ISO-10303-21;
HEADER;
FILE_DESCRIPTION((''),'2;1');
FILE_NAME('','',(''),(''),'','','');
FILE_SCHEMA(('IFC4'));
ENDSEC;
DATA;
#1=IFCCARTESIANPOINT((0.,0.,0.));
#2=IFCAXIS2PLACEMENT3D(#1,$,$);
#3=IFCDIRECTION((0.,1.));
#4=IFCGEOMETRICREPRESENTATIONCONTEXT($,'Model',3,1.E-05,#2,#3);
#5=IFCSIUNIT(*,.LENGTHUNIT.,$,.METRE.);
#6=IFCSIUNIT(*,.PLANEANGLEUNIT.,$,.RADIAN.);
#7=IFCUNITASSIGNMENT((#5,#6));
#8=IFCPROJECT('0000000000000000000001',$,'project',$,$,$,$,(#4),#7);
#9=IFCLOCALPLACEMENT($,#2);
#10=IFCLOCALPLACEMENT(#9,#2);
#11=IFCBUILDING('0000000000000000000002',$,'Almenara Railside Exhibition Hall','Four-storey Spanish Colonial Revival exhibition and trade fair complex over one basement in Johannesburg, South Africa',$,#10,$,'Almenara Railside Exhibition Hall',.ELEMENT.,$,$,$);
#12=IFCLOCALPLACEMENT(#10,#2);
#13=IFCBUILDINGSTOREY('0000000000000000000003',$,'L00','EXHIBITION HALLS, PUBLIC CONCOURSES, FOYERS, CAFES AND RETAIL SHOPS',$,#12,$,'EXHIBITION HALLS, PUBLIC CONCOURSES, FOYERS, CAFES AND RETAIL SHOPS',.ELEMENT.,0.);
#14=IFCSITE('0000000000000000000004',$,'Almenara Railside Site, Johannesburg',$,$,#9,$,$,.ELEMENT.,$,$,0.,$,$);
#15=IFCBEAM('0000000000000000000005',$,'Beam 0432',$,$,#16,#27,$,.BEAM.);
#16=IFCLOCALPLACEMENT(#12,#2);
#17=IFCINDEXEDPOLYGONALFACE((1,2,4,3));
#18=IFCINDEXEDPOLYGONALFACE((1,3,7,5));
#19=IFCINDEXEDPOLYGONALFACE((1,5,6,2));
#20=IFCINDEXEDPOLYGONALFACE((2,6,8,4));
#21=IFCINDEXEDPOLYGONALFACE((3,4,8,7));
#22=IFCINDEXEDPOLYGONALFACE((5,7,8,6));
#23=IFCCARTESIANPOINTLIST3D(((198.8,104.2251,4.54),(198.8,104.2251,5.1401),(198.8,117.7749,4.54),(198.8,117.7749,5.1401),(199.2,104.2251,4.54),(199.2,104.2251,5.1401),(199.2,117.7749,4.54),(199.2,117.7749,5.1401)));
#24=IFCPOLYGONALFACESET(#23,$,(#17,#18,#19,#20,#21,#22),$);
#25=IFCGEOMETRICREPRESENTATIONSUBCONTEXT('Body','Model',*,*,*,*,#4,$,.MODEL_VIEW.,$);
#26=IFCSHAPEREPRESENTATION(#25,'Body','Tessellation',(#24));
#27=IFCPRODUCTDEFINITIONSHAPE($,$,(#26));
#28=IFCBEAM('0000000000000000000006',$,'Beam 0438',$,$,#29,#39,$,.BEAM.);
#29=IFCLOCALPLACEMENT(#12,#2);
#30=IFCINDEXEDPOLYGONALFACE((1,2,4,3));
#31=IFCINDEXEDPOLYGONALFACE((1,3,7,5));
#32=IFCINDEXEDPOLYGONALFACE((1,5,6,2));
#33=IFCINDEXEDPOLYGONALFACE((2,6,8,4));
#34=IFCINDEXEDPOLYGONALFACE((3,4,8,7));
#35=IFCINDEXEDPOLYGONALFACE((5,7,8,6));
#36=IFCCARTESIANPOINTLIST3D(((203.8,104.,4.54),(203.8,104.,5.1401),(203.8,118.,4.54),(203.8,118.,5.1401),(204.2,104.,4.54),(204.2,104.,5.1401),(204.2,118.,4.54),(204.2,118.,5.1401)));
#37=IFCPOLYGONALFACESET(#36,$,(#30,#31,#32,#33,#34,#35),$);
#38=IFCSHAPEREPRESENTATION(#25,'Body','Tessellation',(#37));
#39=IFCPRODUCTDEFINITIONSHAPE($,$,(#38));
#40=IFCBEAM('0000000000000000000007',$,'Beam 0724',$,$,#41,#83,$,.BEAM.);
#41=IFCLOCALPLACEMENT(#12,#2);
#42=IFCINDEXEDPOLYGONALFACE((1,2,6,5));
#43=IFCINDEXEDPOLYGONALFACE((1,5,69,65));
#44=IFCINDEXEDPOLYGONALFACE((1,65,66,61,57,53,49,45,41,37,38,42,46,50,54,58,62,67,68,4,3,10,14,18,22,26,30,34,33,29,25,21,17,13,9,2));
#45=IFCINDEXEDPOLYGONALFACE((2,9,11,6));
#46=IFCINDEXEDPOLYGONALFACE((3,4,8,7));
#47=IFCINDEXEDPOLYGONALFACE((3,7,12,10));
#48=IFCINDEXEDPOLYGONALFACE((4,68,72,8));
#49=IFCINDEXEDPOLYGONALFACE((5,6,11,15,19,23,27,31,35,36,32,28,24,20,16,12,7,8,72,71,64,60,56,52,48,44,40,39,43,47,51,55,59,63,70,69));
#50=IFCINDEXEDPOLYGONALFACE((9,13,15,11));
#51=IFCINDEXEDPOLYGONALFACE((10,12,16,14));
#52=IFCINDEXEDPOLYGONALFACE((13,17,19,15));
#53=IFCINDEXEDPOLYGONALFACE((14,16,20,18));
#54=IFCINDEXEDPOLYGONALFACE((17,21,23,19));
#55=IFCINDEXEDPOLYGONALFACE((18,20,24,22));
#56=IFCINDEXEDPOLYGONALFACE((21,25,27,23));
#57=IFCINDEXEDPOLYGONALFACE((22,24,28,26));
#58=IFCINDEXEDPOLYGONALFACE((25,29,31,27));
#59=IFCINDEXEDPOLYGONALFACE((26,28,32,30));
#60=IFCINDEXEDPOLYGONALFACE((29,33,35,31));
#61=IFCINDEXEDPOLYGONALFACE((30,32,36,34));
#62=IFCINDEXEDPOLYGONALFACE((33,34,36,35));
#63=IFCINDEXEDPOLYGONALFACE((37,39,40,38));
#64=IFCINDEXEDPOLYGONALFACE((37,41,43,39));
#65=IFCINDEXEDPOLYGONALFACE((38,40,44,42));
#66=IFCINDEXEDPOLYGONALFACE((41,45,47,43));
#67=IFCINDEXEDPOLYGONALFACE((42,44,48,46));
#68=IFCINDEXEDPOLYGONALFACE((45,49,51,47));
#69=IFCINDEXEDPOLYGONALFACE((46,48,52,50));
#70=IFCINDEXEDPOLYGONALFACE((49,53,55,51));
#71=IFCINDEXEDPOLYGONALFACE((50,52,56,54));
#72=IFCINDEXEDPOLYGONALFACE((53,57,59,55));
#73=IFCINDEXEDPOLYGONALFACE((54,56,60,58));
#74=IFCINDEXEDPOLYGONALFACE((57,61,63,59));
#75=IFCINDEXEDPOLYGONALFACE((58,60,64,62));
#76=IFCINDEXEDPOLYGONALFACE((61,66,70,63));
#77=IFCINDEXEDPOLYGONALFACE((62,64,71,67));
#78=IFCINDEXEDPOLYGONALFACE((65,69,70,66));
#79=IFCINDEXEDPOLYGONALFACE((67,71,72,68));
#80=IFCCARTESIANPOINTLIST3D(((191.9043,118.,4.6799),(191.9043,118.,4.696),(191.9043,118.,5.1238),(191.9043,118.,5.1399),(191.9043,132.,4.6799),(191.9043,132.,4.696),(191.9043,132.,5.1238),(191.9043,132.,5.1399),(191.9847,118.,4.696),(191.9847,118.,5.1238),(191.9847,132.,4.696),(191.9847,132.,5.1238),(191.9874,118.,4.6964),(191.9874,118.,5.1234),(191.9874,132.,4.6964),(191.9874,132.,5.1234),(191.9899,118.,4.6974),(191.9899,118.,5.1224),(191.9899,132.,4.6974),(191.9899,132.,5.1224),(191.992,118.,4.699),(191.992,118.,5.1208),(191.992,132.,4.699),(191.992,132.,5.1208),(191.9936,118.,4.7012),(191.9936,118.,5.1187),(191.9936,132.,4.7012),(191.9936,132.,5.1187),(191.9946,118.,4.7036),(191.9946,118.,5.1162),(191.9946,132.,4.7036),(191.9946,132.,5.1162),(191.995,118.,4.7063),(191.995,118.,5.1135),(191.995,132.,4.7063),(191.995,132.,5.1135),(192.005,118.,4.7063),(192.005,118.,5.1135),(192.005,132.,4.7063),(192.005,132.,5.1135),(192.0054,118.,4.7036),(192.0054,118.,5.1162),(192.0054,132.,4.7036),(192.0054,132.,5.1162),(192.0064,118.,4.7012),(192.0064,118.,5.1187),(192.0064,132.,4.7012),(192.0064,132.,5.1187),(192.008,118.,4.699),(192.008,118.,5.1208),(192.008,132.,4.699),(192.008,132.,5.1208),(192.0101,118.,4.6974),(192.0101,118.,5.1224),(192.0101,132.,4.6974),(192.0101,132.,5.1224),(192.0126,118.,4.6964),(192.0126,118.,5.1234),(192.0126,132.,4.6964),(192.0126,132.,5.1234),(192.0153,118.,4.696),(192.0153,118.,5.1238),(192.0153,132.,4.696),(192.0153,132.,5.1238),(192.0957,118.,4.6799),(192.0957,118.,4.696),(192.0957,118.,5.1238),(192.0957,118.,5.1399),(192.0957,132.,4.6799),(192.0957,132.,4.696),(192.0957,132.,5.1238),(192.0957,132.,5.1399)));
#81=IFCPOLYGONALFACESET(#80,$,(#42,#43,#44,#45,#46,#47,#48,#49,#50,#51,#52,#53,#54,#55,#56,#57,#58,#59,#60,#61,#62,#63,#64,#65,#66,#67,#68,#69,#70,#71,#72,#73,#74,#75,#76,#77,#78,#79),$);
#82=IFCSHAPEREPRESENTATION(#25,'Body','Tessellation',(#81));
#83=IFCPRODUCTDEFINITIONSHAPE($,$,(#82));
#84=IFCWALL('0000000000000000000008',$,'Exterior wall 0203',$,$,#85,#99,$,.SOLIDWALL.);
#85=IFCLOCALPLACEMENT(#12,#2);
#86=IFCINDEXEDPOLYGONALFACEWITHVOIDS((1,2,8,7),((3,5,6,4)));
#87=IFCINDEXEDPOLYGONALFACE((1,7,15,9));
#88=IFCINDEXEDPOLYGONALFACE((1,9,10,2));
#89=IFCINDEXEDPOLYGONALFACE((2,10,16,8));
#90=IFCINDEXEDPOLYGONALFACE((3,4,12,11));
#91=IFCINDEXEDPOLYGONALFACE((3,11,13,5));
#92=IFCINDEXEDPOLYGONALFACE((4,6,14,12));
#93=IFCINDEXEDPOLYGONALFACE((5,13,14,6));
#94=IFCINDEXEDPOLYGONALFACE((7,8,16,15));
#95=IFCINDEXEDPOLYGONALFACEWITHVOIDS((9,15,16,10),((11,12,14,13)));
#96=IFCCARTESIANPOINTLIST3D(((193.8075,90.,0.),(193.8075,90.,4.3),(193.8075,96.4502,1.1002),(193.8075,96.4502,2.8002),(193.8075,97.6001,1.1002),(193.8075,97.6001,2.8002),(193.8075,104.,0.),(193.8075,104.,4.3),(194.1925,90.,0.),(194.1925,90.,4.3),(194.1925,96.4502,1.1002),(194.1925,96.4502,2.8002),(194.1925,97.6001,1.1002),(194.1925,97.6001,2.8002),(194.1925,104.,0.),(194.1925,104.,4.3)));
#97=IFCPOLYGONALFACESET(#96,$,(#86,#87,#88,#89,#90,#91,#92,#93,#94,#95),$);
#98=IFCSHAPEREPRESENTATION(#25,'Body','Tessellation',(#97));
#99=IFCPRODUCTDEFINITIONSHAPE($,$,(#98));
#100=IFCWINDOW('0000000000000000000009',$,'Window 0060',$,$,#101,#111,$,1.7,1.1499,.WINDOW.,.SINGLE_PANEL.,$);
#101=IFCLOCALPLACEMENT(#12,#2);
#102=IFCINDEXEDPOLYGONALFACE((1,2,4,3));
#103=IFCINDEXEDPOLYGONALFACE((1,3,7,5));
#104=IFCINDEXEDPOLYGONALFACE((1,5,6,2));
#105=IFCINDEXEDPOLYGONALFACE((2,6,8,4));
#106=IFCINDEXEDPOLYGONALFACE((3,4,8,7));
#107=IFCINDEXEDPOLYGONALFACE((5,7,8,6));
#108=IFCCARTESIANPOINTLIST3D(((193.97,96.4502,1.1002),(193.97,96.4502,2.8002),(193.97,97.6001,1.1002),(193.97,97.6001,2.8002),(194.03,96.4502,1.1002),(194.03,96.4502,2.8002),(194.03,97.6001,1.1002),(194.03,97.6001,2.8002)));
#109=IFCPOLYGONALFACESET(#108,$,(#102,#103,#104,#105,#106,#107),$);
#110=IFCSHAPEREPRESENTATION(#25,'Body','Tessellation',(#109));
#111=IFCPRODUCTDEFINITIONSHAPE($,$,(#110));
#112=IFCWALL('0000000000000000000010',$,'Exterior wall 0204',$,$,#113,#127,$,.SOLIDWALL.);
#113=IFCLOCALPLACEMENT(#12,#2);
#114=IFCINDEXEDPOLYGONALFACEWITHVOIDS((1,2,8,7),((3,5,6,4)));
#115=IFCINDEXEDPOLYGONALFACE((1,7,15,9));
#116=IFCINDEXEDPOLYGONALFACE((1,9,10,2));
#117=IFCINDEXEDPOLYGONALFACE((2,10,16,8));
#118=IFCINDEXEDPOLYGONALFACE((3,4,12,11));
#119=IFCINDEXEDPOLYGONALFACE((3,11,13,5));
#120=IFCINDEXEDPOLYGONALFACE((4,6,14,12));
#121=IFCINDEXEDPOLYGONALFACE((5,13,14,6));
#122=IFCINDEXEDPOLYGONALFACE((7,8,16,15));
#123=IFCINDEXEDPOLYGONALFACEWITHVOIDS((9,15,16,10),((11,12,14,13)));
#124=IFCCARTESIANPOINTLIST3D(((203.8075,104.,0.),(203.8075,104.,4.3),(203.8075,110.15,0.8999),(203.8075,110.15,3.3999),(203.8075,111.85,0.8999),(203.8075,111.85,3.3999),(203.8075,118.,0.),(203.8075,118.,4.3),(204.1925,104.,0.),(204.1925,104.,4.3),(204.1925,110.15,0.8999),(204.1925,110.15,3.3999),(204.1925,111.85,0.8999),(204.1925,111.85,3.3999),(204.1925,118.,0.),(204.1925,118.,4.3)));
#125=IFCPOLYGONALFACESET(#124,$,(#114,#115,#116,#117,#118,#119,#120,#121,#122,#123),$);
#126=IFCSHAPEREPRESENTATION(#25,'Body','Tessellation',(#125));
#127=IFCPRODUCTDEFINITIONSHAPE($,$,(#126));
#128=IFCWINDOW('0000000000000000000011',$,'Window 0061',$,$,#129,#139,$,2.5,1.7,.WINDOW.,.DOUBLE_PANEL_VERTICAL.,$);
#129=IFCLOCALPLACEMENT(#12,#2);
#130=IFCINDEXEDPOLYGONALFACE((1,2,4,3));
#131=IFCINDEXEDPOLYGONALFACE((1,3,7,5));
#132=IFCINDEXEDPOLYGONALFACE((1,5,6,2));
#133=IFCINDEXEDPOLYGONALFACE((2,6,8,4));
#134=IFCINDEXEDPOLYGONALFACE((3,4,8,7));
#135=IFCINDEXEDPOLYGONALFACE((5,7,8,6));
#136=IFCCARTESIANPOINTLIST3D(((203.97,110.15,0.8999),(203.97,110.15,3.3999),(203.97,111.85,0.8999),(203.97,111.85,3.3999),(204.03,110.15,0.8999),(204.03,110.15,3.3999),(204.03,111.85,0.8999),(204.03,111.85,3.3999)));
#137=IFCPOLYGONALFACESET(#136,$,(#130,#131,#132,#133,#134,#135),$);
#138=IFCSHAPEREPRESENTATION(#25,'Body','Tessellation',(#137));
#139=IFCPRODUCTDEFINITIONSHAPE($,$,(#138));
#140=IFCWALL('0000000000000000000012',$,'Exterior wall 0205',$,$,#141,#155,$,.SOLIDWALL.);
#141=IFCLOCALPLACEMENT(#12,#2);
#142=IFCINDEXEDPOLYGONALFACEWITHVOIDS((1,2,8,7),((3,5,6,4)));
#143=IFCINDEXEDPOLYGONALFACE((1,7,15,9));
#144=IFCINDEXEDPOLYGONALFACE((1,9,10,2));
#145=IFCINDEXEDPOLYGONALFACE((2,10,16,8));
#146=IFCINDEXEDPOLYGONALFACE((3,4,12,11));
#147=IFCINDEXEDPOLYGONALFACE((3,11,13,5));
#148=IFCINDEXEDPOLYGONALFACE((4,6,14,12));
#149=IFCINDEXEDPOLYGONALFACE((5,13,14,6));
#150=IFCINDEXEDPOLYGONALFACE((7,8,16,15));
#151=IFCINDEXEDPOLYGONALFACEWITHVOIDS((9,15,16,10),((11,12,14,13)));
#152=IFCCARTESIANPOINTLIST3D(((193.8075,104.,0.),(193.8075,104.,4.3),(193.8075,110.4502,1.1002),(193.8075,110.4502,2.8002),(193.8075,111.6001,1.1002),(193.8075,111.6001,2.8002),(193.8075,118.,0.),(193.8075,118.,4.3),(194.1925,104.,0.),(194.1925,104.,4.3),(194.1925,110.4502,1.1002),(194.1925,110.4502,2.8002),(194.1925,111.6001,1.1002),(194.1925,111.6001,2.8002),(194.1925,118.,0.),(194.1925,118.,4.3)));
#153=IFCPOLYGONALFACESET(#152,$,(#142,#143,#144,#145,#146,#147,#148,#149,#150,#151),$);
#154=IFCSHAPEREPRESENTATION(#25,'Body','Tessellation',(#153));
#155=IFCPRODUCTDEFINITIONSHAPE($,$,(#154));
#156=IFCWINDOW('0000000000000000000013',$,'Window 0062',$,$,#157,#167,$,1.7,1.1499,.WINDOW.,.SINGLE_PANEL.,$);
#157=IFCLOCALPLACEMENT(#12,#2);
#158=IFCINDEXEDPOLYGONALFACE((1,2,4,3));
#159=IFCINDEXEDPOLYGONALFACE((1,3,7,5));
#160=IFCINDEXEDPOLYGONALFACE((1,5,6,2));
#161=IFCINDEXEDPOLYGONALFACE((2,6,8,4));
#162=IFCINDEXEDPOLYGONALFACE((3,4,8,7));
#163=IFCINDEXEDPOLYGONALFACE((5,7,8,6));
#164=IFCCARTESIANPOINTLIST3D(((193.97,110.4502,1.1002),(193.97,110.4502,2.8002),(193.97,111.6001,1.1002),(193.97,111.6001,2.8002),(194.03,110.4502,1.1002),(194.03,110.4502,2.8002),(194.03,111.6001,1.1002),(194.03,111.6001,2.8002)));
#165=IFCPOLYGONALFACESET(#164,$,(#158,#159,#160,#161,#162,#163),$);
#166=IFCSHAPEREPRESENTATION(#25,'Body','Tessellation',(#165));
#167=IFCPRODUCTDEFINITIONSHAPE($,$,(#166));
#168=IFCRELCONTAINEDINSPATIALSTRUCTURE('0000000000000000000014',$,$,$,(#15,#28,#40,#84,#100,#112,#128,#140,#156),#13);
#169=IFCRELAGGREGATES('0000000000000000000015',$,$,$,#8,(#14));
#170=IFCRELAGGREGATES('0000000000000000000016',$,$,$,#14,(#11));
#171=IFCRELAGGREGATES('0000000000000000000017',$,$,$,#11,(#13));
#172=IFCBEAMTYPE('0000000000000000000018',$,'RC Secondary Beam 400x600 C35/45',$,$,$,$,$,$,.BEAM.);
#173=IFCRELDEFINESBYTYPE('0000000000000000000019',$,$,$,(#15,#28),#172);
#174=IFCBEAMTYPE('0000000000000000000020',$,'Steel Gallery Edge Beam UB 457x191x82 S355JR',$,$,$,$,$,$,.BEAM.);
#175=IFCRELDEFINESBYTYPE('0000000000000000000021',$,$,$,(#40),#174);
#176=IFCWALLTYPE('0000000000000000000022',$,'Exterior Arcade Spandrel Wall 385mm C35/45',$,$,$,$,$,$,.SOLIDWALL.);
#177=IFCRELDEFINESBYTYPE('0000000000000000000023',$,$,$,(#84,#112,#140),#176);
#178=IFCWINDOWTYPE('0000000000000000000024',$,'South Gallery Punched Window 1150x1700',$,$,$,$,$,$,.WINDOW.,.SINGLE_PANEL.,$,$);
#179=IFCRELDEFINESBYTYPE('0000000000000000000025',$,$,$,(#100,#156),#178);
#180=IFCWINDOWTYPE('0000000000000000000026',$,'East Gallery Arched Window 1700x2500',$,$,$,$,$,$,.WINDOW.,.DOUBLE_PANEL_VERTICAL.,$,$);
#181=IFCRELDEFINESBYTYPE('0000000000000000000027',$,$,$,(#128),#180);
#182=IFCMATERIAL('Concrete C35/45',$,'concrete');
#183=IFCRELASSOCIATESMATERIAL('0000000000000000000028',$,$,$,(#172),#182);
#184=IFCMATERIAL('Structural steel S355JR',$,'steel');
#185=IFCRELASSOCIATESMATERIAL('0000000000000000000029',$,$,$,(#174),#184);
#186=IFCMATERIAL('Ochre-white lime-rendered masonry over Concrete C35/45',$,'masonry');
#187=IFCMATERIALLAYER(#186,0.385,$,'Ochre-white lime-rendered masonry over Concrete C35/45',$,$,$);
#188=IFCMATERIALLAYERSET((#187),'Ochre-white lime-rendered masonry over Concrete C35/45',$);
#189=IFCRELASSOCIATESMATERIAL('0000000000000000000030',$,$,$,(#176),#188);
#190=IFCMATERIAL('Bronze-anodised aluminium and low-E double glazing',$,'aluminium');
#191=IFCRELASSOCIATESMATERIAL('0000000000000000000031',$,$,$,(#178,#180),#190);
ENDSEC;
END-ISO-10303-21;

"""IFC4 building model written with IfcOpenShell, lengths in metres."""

from ifc_helpers import new_model, si_unit, direction, frame, frame_2d, origin, origin_2d, place, context, subcontext, project, spatial, rectangle, i_section, extrude, material, layer, layer_set, material_profile, profile_set, type_object, element, fill, save


model = new_model("IFC4")

# Units and contexts
model_context = context("Model", 3, precision=1e-05, world=origin(), true_north=direction((0.0, 1.0)))
body_context = subcontext(model_context, "Body", "Model", "MODEL_VIEW")
ifc_project = project(units=[si_unit("LENGTHUNIT", "METRE"), si_unit("PLANEANGLEUNIT", "RADIAN")], contexts=[model_context])

# Site, building, storey
site_placement = place(None, origin())
site = spatial("IfcSite", under=ifc_project, at=site_placement, Name="Almenara Railside Site, Johannesburg", CompositionType="ELEMENT", RefElevation=0.0)
building_placement = place(site_placement, origin())
building = spatial("IfcBuilding", under=site, at=building_placement, Name="Almenara Railside Exhibition Hall", Description="Four-storey Spanish Colonial Revival exhibition and trade fair complex over one basement in Johannesburg, South Africa", LongName="Almenara Railside Exhibition Hall", CompositionType="ELEMENT")
storey_placement = place(building_placement, origin())
storey = spatial("IfcBuildingStorey", under=building, at=storey_placement, Name="L00", Description="EXHIBITION HALLS, PUBLIC CONCOURSES, FOYERS, CAFES AND RETAIL SHOPS", LongName="EXHIBITION HALLS, PUBLIC CONCOURSES, FOYERS, CAFES AND RETAIL SHOPS", CompositionType="ELEMENT", Elevation=0.0)

# Shared definitions
ifc_material_1 = material(Name="Concrete C35/45", Category="concrete")

# Beams
ifc_material_profile_1 = material_profile(ifc_material_1, rectangle(XDim=0.3999, YDim=0.6001, at=origin_2d()), Name="RC 400x600")
ifc_profile_set_1 = profile_set([ifc_material_profile_1], Name="Concrete C35/45")
beam_type_1 = type_object("IfcBeamType", Name="RC Secondary Beam 400x600 C35/45", PredefinedType="BEAM", material=ifc_profile_set_1)
beam_1_placement = place(storey_placement, frame((199.0, 104.2251, 4.8401), z_axis=(0.0, 1.0, 0.0), x_axis=(-1.0, 0.0, 0.0)))
element("IfcBeam", 1, at=beam_1_placement, inside=storey, type_object=beam_type_1, Name="Beam 0432", PredefinedType="BEAM", context=body_context, shape_type="SweptSolid", body=[
    extrude(rectangle(XDim=0.3999, YDim=0.6001, at=origin_2d()), origin(), (0.0, 0.0, 1.0), 13.5498),
])
beam_2_placement = place(storey_placement, frame((204.0, 104.0, 4.8401), z_axis=(0.0, 1.0, 0.0), x_axis=(-1.0, 0.0, 0.0)))
element("IfcBeam", 2, at=beam_2_placement, inside=storey, type_object=beam_type_1, Name="Beam 0438", PredefinedType="BEAM", context=body_context, shape_type="SweptSolid", body=[
    extrude(rectangle(XDim=0.3999, YDim=0.6001, at=origin_2d()), origin(), (0.0, 0.0, 1.0), 14.0),
])
ifc_material_2 = material(Name="Structural steel S355JR", Category="steel")
ifc_material_profile_2 = material_profile(ifc_material_2, i_section(OverallWidth=0.1914, OverallDepth=0.46, WebThickness=0.01, FlangeThickness=0.0161, FilletRadius=0.0103, at=origin_2d()), Name="UB 457x191x82")
ifc_profile_set_2 = profile_set([ifc_material_profile_2], Name="Structural steel S355JR")
beam_type_2 = type_object("IfcBeamType", Name="Steel Gallery Edge Beam UB 457x191x82 S355JR", PredefinedType="BEAM", material=ifc_profile_set_2)
beam_3_placement = place(storey_placement, frame((192.0, 118.0, 4.9099), z_axis=(0.0, 1.0, 0.0), x_axis=(-1.0, 0.0, 0.0)))
element("IfcBeam", 3, at=beam_3_placement, inside=storey, type_object=beam_type_2, Name="Beam 0724", PredefinedType="BEAM", context=body_context, shape_type="SweptSolid", body=[
    extrude(i_section(OverallWidth=0.1914, OverallDepth=0.46, WebThickness=0.01, FlangeThickness=0.0161, FilletRadius=0.0103, at=origin_2d()), origin(), (0.0, 0.0, 1.0), 14.0),
])

# Walls, openings, windows
ifc_material_3 = material(Name="Ochre-white lime-rendered masonry over Concrete C35/45", Category="masonry")
ifc_layer_1 = layer(ifc_material_3, 0.385, Name="Ochre-white lime-rendered masonry over Concrete C35/45")
ifc_layer_set_1 = layer_set([ifc_layer_1], Name="Ochre-white lime-rendered masonry over Concrete C35/45")
wall_type_1 = type_object("IfcWallType", Name="Exterior Arcade Spandrel Wall 385mm C35/45", PredefinedType="SOLIDWALL", material=ifc_layer_set_1)
wall_1_placement = place(storey_placement, frame((194.0, 104.0, 0.0), z_axis=(0.0, 0.0, 1.0), x_axis=(0.0, -1.0, 0.0)))
wall_1 = element("IfcWall", 4, at=wall_1_placement, inside=storey, type_object=wall_type_1, Name="Exterior wall 0203", PredefinedType="SOLIDWALL", context=body_context, shape_type="SweptSolid", body=[
    extrude(rectangle(XDim=14.0, YDim=0.385, at=frame_2d((7.0, 0.0))), origin(), (0.0, 0.0, 1.0), 4.3),
])
opening_1_placement = place(wall_1_placement, frame((6.3999, 0.0, 1.1001)))
opening_1 = element("IfcOpeningElement", 5, at=opening_1_placement, cuts=wall_1, PredefinedType="OPENING", context=body_context, shape_type="SweptSolid", body=[
    extrude(rectangle(XDim=1.1499, YDim=1.7, at=frame_2d((0.575, 0.8501))), frame((0.0, 0.2024, 0.0), z_axis=(0.0, -1.0, 0.0), x_axis=(1.0, 0.0, 0.0)), (0.0, 0.0, 1.0), 0.405),
])
ifc_material_4 = material(Name="Bronze-anodised aluminium and low-E double glazing", Category="aluminium")
window_type_1 = type_object("IfcWindowType", Name="South Gallery Punched Window 1150x1700", PartitioningType="SINGLE_PANEL", PredefinedType="WINDOW", material=ifc_material_4)
window_1_placement = place(opening_1_placement, origin())
window_1 = element("IfcWindow", 6, at=window_1_placement, inside=storey, type_object=window_type_1, Name="Window 0060", OverallHeight=1.7, OverallWidth=1.1499, PartitioningType="SINGLE_PANEL", PredefinedType="WINDOW", context=body_context, shape_type="SweptSolid", body=[
    extrude(rectangle(XDim=1.1499, YDim=1.7, at=frame_2d((0.575, 0.8501))), frame((0.0, 0.03, 0.0), z_axis=(0.0, -1.0, 0.0), x_axis=(1.0, 0.0, 0.0)), (0.0, 0.0, 1.0), 0.0601),
])
fill(opening_1, window_1)
wall_2_placement = place(storey_placement, frame((204.0, 104.0, 0.0), z_axis=(0.0, 0.0, 1.0), x_axis=(0.0, 1.0, 0.0)))
wall_2 = element("IfcWall", 7, at=wall_2_placement, inside=storey, type_object=wall_type_1, Name="Exterior wall 0204", PredefinedType="SOLIDWALL", context=body_context, shape_type="SweptSolid", body=[
    extrude(rectangle(XDim=14.0, YDim=0.385, at=frame_2d((7.0, 0.0))), origin(), (0.0, 0.0, 1.0), 4.3),
])
opening_2_placement = place(wall_2_placement, frame((6.1499, 0.0, 0.8999)))
opening_2 = element("IfcOpeningElement", 8, at=opening_2_placement, cuts=wall_2, PredefinedType="OPENING", context=body_context, shape_type="SweptSolid", body=[
    extrude(rectangle(XDim=1.7, YDim=2.5, at=frame_2d((0.8501, 1.25))), frame((0.0, 0.2024, 0.0), z_axis=(0.0, -1.0, 0.0), x_axis=(1.0, 0.0, 0.0)), (0.0, 0.0, 1.0), 0.405),
])
window_type_2 = type_object("IfcWindowType", Name="East Gallery Arched Window 1700x2500", PartitioningType="DOUBLE_PANEL_VERTICAL", PredefinedType="WINDOW", material=ifc_material_4)
window_2_placement = place(opening_2_placement, origin())
window_2 = element("IfcWindow", 9, at=window_2_placement, inside=storey, type_object=window_type_2, Name="Window 0061", OverallHeight=2.5, OverallWidth=1.7, PartitioningType="DOUBLE_PANEL_VERTICAL", PredefinedType="WINDOW", context=body_context, shape_type="SweptSolid", body=[
    extrude(rectangle(XDim=1.7, YDim=2.5, at=frame_2d((0.8501, 1.25))), frame((0.0, 0.03, 0.0), z_axis=(0.0, -1.0, 0.0), x_axis=(1.0, 0.0, 0.0)), (0.0, 0.0, 1.0), 0.0601),
])
fill(opening_2, window_2)
wall_3_placement = place(storey_placement, frame((194.0, 118.0, 0.0), z_axis=(0.0, 0.0, 1.0), x_axis=(0.0, -1.0, 0.0)))
wall_3 = element("IfcWall", 10, at=wall_3_placement, inside=storey, type_object=wall_type_1, Name="Exterior wall 0205", PredefinedType="SOLIDWALL", context=body_context, shape_type="SweptSolid", body=[
    extrude(rectangle(XDim=14.0, YDim=0.385, at=frame_2d((7.0, 0.0))), origin(), (0.0, 0.0, 1.0), 4.3),
])
opening_3_placement = place(wall_3_placement, frame((6.3999, 0.0, 1.1001)))
opening_3 = element("IfcOpeningElement", 11, at=opening_3_placement, cuts=wall_3, PredefinedType="OPENING", context=body_context, shape_type="SweptSolid", body=[
    extrude(rectangle(XDim=1.1499, YDim=1.7, at=frame_2d((0.575, 0.8501))), frame((0.0, 0.2024, 0.0), z_axis=(0.0, -1.0, 0.0), x_axis=(1.0, 0.0, 0.0)), (0.0, 0.0, 1.0), 0.405),
])
window_3_placement = place(opening_3_placement, origin())
window_3 = element("IfcWindow", 12, at=window_3_placement, inside=storey, type_object=window_type_1, Name="Window 0062", OverallHeight=1.7, OverallWidth=1.1499, PartitioningType="SINGLE_PANEL", PredefinedType="WINDOW", context=body_context, shape_type="SweptSolid", body=[
    extrude(rectangle(XDim=1.1499, YDim=1.7, at=frame_2d((0.575, 0.8501))), frame((0.0, 0.03, 0.0), z_axis=(0.0, -1.0, 0.0), x_axis=(1.0, 0.0, 0.0)), (0.0, 0.0, 1.0), 0.0601),
])
fill(opening_3, window_3)

save(model, "model.ifc")
